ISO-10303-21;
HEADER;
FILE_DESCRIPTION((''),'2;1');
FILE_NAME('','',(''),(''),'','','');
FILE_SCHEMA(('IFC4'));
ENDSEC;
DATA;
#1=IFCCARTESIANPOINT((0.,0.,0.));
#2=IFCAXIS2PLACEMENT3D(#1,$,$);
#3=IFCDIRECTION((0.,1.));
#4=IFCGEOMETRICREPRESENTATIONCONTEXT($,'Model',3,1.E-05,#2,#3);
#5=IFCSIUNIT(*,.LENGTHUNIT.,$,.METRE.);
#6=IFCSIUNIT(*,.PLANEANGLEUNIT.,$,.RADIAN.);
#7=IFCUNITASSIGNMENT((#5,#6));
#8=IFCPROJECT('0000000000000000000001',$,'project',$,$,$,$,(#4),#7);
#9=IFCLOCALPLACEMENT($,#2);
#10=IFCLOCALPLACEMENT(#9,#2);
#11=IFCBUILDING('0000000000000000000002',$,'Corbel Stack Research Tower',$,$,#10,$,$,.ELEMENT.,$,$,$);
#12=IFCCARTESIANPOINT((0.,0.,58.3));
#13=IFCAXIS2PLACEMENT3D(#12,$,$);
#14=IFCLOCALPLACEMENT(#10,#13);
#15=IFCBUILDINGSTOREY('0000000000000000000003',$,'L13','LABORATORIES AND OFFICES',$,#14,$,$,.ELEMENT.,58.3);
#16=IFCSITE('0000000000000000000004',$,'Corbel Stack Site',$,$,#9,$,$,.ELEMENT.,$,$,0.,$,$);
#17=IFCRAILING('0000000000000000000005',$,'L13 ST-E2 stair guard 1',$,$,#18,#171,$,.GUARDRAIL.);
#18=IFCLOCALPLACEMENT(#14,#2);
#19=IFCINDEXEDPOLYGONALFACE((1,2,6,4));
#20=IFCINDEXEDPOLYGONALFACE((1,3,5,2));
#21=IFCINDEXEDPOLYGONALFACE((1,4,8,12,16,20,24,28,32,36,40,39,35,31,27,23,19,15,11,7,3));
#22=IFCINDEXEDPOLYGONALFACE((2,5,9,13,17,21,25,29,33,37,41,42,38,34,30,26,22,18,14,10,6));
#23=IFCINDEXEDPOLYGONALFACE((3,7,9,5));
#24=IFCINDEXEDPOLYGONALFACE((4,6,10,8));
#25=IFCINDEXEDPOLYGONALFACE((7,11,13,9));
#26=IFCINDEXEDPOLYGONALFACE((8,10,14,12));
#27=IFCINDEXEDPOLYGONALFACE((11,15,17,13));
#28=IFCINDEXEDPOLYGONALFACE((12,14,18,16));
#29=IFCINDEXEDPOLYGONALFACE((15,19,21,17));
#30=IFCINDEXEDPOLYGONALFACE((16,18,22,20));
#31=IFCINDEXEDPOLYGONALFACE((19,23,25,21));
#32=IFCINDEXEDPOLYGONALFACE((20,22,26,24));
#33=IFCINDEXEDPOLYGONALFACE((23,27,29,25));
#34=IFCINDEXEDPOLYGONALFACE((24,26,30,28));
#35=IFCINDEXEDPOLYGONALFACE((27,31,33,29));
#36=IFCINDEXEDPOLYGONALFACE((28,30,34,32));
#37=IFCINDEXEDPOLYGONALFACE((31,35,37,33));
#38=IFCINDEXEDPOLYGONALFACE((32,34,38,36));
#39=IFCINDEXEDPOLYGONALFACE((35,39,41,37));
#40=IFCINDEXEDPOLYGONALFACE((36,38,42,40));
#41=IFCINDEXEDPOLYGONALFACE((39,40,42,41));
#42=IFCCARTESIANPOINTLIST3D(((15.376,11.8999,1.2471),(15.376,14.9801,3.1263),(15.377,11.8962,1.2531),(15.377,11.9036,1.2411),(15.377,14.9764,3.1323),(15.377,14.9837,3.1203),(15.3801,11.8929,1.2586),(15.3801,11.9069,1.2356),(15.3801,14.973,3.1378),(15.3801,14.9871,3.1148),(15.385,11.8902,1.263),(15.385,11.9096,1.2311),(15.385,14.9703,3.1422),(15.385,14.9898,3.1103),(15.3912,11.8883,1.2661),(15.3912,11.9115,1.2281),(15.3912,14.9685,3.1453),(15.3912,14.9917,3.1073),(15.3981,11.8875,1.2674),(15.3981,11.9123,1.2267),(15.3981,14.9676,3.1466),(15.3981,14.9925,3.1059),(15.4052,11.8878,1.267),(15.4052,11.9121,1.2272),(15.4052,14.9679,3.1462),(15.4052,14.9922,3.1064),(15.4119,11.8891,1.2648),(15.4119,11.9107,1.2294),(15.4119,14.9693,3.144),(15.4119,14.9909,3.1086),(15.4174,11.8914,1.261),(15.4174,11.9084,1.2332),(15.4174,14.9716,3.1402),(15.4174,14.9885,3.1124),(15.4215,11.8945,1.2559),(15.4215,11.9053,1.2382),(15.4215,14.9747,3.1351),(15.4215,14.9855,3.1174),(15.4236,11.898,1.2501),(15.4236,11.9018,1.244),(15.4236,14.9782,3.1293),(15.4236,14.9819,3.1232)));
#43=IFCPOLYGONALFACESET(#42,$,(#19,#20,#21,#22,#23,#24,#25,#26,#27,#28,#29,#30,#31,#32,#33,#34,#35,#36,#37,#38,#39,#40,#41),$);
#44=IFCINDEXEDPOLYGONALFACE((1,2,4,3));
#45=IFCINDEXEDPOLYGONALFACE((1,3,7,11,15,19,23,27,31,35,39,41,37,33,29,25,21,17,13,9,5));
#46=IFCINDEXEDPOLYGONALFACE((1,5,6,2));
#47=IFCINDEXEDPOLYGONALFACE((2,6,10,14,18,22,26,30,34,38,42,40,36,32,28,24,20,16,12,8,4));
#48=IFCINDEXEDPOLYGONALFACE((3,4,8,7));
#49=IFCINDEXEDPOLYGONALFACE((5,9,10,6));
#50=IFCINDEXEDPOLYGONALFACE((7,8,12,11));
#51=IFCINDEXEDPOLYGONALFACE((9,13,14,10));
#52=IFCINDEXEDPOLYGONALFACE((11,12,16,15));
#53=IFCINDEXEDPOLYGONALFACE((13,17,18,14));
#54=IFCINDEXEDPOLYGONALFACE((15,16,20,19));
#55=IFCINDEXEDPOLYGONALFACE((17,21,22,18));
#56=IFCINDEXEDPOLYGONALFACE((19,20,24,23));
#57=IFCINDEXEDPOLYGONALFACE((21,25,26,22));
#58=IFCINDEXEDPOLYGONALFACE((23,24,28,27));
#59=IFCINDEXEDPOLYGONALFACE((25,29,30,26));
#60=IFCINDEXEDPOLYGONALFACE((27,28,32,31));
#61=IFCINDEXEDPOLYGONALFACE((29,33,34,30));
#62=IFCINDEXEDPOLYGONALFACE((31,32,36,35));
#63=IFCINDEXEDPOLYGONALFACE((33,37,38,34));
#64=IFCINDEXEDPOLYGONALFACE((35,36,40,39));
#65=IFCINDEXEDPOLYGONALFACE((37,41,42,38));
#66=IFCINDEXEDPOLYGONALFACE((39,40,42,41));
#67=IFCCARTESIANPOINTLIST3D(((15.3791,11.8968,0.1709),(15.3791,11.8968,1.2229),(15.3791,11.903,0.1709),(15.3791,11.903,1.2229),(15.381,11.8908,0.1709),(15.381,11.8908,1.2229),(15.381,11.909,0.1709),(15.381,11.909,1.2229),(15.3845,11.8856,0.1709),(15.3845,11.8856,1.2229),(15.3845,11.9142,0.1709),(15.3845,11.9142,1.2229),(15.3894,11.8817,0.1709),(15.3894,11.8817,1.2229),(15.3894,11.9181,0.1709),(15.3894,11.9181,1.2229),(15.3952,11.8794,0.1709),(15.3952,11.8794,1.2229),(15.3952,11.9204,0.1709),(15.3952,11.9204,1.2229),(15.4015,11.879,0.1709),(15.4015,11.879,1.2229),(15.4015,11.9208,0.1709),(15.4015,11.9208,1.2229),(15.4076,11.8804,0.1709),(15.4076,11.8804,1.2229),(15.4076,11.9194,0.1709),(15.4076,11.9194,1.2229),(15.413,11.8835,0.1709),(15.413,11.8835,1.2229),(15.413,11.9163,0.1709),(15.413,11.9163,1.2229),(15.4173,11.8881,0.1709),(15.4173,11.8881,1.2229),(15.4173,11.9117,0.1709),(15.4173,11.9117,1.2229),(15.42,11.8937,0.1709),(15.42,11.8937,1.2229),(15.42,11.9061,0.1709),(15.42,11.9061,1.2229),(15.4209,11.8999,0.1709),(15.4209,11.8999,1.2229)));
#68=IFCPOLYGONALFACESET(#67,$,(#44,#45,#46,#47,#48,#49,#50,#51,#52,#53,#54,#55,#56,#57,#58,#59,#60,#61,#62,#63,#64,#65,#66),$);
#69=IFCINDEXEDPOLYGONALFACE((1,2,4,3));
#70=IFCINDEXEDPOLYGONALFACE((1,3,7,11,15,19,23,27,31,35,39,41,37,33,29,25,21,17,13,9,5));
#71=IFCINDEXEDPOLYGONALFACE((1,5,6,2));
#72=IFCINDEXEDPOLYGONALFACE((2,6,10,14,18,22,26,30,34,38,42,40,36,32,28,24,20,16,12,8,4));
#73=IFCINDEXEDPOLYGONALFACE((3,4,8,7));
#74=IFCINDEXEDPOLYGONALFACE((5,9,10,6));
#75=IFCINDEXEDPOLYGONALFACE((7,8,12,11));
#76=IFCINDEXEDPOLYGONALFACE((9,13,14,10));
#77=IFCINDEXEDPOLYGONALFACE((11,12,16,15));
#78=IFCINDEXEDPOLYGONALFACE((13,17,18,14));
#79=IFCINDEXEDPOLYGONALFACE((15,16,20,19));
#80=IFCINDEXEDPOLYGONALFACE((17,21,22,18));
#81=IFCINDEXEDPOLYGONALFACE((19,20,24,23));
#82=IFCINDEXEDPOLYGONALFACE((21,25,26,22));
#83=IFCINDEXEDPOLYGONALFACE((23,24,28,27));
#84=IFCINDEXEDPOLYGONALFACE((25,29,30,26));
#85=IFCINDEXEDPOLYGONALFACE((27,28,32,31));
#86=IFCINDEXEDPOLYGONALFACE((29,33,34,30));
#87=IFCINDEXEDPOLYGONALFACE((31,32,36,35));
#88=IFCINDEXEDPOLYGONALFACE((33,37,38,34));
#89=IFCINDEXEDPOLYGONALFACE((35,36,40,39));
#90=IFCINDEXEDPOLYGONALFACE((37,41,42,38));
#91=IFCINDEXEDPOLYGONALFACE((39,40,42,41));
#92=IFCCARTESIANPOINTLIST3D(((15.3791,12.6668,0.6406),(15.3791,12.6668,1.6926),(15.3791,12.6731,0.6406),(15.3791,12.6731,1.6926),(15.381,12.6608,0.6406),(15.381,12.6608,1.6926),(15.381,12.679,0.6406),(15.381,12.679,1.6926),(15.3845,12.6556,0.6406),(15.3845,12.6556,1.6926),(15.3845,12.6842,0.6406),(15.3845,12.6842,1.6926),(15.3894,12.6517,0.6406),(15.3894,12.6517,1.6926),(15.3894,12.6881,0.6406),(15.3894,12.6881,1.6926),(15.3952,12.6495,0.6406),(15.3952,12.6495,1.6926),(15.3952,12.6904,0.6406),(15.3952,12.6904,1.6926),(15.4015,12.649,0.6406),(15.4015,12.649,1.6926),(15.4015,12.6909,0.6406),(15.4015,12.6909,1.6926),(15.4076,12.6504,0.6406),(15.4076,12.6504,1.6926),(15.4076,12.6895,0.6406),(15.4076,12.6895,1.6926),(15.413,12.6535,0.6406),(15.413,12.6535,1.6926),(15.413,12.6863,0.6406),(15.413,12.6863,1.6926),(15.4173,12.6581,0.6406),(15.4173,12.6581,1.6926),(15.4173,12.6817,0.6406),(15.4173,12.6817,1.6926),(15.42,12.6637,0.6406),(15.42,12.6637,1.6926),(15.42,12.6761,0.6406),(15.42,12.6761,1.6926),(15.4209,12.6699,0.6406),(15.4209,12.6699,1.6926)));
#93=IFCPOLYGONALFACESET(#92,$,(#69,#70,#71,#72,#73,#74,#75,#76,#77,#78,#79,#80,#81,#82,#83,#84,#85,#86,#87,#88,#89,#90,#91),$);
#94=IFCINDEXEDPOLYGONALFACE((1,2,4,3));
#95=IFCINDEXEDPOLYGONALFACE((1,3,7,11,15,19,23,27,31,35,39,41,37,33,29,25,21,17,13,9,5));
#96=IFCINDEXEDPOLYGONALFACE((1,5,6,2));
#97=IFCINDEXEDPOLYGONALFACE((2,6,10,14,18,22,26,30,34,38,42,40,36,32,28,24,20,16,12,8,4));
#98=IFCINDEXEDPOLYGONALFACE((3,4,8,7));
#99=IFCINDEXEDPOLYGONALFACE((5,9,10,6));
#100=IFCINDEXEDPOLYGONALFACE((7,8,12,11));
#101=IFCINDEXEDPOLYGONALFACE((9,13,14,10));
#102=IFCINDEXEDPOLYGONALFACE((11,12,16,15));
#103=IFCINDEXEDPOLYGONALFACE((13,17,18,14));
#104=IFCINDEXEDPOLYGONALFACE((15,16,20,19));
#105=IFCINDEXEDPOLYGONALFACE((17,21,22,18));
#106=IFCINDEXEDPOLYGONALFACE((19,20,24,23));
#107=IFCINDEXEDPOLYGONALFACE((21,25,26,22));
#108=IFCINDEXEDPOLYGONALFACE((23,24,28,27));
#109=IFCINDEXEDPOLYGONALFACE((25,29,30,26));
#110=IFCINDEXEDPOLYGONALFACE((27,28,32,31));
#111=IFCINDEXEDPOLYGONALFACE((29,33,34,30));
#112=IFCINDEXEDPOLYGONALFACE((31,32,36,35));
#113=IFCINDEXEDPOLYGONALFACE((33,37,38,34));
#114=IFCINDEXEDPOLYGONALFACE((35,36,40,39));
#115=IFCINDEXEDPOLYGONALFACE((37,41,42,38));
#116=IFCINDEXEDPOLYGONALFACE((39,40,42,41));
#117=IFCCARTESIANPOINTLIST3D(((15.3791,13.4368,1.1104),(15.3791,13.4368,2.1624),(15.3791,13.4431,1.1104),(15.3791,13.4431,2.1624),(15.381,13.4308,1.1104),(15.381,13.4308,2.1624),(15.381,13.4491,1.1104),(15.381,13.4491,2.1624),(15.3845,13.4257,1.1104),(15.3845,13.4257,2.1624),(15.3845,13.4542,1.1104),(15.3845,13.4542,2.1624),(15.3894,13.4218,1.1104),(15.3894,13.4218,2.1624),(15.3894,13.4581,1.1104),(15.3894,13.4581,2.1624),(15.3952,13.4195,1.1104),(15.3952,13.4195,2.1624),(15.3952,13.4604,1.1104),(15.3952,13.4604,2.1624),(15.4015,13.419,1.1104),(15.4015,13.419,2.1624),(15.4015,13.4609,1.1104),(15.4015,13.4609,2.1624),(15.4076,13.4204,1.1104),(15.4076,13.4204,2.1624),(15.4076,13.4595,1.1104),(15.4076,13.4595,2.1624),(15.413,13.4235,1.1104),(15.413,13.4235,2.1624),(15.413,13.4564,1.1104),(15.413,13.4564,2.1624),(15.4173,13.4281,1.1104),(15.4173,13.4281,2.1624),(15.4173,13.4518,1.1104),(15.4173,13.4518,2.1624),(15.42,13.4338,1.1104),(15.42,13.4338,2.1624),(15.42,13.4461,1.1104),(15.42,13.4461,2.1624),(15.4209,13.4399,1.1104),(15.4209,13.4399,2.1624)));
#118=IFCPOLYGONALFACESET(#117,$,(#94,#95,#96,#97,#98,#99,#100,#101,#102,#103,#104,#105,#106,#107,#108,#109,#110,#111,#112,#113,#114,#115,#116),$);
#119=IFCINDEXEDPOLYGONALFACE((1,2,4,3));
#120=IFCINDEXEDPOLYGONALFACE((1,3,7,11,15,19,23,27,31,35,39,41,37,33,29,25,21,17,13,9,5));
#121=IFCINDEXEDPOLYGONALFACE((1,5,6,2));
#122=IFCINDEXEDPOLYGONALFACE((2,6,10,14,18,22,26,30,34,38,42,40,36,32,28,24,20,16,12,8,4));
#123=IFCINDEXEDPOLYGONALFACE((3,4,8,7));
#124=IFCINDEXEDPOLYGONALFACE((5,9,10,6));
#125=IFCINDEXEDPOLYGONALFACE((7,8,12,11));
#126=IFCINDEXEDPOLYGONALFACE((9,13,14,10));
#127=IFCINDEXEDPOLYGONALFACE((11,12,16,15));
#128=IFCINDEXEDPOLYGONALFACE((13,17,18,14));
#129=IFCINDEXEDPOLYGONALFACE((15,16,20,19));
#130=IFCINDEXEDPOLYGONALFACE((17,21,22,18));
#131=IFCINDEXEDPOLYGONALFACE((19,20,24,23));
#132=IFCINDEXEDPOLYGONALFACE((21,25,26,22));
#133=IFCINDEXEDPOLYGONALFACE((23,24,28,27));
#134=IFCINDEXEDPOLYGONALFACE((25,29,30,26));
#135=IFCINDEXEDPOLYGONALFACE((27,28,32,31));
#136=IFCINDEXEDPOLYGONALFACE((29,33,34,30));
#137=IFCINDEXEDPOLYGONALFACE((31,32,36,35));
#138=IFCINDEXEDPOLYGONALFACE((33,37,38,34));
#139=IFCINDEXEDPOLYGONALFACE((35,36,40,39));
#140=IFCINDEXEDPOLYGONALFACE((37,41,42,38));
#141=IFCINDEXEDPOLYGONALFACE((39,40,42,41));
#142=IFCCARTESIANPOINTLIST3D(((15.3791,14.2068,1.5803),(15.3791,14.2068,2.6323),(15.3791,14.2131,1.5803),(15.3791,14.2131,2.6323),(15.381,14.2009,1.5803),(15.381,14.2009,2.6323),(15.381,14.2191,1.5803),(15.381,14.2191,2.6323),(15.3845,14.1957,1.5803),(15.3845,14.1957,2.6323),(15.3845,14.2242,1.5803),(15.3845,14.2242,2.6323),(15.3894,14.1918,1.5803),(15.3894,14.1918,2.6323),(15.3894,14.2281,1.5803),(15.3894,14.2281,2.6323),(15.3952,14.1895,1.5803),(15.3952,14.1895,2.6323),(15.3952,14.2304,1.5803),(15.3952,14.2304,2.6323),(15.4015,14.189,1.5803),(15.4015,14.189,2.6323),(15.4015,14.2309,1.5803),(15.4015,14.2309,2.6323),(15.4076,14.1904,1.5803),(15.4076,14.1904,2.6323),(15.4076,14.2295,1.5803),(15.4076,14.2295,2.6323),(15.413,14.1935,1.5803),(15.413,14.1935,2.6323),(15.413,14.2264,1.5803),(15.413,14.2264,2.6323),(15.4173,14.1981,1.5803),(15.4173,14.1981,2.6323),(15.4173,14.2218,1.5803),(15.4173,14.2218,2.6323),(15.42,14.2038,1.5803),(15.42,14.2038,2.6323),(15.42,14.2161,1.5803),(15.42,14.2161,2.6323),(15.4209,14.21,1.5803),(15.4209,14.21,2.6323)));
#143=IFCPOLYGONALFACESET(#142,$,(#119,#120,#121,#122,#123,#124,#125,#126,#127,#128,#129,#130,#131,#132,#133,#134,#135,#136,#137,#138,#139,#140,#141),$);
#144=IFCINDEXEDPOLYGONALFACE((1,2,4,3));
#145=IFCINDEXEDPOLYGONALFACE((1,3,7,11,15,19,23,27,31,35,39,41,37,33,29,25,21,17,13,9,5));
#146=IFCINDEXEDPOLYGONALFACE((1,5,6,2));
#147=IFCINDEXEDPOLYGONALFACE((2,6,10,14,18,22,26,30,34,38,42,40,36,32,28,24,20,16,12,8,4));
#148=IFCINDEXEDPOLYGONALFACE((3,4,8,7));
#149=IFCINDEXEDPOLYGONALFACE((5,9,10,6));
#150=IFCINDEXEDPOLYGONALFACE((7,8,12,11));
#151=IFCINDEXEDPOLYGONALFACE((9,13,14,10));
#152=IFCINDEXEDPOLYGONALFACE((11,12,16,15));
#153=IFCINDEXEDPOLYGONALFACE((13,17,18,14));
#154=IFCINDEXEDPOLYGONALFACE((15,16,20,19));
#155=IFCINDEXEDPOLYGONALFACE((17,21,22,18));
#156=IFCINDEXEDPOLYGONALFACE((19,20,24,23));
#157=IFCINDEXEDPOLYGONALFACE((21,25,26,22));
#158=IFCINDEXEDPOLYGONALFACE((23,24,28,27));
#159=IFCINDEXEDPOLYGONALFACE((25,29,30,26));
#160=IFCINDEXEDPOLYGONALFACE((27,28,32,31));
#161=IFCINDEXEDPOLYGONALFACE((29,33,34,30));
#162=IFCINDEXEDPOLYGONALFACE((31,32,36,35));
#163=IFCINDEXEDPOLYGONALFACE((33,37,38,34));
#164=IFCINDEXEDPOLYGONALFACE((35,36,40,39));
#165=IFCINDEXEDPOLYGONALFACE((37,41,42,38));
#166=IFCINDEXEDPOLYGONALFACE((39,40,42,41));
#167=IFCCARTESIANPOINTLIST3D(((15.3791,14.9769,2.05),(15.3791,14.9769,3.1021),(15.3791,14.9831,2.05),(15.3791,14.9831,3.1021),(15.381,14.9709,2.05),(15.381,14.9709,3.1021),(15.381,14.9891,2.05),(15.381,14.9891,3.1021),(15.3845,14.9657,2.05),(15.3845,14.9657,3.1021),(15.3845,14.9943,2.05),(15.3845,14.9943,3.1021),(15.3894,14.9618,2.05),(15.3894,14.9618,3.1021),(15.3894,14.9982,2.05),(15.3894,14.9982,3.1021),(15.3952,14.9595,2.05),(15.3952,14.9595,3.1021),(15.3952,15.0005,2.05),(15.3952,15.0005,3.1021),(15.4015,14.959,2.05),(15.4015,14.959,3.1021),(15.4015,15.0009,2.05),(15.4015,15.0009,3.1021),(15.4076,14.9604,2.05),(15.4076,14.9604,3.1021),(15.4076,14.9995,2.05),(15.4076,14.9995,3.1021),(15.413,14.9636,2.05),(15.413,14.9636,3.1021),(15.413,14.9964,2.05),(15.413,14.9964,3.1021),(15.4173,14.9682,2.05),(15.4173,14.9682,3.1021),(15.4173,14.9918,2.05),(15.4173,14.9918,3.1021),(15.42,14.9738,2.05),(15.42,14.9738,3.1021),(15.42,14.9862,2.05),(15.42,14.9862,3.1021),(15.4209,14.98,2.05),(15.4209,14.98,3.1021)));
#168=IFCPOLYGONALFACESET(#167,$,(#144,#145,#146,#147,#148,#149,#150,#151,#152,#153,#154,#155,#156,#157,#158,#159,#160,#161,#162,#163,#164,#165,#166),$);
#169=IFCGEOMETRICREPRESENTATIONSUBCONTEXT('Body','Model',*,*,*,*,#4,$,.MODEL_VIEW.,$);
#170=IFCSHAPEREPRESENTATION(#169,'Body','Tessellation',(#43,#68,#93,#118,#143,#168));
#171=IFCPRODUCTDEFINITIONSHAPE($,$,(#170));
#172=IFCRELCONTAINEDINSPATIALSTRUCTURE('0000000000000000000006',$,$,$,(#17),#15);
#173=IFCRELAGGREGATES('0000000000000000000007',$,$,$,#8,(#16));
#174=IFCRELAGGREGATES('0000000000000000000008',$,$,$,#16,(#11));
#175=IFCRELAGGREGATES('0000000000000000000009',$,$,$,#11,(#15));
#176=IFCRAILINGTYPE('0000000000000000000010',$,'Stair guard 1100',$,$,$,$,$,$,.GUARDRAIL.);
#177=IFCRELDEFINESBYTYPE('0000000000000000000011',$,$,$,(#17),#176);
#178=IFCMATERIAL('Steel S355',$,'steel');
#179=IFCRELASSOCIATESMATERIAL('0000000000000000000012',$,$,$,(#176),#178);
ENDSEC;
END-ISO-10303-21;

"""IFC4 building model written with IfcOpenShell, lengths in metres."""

from ifc_helpers import new_model, si_unit, direction, frame, origin, origin_2d, place, context, subcontext, project, spatial, circle, extrude, material, type_object, element, save


model = new_model("IFC4")

# Units and contexts
model_context = context("Model", 3, precision=1e-05, world=origin(), true_north=direction((0.0, 1.0)))
body_context = subcontext(model_context, "Body", "Model", "MODEL_VIEW")
ifc_project = project(units=[si_unit("LENGTHUNIT", "METRE"), si_unit("PLANEANGLEUNIT", "RADIAN")], contexts=[model_context])

# Site, building, storey
site_placement = place(None, origin())
site = spatial("IfcSite", under=ifc_project, at=site_placement, Name="Corbel Stack Site", CompositionType="ELEMENT", RefElevation=0.0)
building_placement = place(site_placement, origin())
building = spatial("IfcBuilding", under=site, at=building_placement, Name="Corbel Stack Research Tower", CompositionType="ELEMENT")
storey_placement = place(building_placement, frame((0.0, 0.0, 58.3)))
storey = spatial("IfcBuildingStorey", under=building, at=storey_placement, Name="L13", Description="LABORATORIES AND OFFICES", CompositionType="ELEMENT", Elevation=58.3)

# Railing
ifc_material_1 = material(Name="Steel S355", Category="steel")
railing_type_1 = type_object("IfcRailingType", Name="Stair guard 1100", PredefinedType="GUARDRAIL", material=ifc_material_1)
railing_1_placement = place(storey_placement, frame((15.3999, 11.8999, 0.1709)))
element("IfcRailing", 1, at=railing_1_placement, inside=storey, type_object=railing_type_1, Name="L13 ST-E2 stair guard 1", PredefinedType="GUARDRAIL", context=body_context, shape_type="SweptSolid", body=[
    extrude(circle(Radius=0.0239, at=origin_2d()), frame((0.0, 0.0, 1.0762), z_axis=(0.0, 0.853666, 0.52082), x_axis=(-1.0, 0.0, 0.0)), (0.0, 0.0, 1.0), 3.6082),
    extrude(circle(Radius=0.021, at=origin_2d()), origin(), (0.0, 0.0, 1.0), 1.052),
    extrude(circle(Radius=0.021, at=origin_2d()), frame((0.0, 0.77, 0.4697)), (0.0, 0.0, 1.0), 1.052),
    extrude(circle(Radius=0.021, at=origin_2d()), frame((0.0, 1.54, 0.9395)), (0.0, 0.0, 1.0), 1.052),
    extrude(circle(Radius=0.021, at=origin_2d()), frame((0.0, 2.3101, 1.4094)), (0.0, 0.0, 1.0), 1.052),
    extrude(circle(Radius=0.021, at=origin_2d()), frame((0.0, 3.0801, 1.8792)), (0.0, 0.0, 1.0), 1.052),
])

save(model, "model.ifc")
